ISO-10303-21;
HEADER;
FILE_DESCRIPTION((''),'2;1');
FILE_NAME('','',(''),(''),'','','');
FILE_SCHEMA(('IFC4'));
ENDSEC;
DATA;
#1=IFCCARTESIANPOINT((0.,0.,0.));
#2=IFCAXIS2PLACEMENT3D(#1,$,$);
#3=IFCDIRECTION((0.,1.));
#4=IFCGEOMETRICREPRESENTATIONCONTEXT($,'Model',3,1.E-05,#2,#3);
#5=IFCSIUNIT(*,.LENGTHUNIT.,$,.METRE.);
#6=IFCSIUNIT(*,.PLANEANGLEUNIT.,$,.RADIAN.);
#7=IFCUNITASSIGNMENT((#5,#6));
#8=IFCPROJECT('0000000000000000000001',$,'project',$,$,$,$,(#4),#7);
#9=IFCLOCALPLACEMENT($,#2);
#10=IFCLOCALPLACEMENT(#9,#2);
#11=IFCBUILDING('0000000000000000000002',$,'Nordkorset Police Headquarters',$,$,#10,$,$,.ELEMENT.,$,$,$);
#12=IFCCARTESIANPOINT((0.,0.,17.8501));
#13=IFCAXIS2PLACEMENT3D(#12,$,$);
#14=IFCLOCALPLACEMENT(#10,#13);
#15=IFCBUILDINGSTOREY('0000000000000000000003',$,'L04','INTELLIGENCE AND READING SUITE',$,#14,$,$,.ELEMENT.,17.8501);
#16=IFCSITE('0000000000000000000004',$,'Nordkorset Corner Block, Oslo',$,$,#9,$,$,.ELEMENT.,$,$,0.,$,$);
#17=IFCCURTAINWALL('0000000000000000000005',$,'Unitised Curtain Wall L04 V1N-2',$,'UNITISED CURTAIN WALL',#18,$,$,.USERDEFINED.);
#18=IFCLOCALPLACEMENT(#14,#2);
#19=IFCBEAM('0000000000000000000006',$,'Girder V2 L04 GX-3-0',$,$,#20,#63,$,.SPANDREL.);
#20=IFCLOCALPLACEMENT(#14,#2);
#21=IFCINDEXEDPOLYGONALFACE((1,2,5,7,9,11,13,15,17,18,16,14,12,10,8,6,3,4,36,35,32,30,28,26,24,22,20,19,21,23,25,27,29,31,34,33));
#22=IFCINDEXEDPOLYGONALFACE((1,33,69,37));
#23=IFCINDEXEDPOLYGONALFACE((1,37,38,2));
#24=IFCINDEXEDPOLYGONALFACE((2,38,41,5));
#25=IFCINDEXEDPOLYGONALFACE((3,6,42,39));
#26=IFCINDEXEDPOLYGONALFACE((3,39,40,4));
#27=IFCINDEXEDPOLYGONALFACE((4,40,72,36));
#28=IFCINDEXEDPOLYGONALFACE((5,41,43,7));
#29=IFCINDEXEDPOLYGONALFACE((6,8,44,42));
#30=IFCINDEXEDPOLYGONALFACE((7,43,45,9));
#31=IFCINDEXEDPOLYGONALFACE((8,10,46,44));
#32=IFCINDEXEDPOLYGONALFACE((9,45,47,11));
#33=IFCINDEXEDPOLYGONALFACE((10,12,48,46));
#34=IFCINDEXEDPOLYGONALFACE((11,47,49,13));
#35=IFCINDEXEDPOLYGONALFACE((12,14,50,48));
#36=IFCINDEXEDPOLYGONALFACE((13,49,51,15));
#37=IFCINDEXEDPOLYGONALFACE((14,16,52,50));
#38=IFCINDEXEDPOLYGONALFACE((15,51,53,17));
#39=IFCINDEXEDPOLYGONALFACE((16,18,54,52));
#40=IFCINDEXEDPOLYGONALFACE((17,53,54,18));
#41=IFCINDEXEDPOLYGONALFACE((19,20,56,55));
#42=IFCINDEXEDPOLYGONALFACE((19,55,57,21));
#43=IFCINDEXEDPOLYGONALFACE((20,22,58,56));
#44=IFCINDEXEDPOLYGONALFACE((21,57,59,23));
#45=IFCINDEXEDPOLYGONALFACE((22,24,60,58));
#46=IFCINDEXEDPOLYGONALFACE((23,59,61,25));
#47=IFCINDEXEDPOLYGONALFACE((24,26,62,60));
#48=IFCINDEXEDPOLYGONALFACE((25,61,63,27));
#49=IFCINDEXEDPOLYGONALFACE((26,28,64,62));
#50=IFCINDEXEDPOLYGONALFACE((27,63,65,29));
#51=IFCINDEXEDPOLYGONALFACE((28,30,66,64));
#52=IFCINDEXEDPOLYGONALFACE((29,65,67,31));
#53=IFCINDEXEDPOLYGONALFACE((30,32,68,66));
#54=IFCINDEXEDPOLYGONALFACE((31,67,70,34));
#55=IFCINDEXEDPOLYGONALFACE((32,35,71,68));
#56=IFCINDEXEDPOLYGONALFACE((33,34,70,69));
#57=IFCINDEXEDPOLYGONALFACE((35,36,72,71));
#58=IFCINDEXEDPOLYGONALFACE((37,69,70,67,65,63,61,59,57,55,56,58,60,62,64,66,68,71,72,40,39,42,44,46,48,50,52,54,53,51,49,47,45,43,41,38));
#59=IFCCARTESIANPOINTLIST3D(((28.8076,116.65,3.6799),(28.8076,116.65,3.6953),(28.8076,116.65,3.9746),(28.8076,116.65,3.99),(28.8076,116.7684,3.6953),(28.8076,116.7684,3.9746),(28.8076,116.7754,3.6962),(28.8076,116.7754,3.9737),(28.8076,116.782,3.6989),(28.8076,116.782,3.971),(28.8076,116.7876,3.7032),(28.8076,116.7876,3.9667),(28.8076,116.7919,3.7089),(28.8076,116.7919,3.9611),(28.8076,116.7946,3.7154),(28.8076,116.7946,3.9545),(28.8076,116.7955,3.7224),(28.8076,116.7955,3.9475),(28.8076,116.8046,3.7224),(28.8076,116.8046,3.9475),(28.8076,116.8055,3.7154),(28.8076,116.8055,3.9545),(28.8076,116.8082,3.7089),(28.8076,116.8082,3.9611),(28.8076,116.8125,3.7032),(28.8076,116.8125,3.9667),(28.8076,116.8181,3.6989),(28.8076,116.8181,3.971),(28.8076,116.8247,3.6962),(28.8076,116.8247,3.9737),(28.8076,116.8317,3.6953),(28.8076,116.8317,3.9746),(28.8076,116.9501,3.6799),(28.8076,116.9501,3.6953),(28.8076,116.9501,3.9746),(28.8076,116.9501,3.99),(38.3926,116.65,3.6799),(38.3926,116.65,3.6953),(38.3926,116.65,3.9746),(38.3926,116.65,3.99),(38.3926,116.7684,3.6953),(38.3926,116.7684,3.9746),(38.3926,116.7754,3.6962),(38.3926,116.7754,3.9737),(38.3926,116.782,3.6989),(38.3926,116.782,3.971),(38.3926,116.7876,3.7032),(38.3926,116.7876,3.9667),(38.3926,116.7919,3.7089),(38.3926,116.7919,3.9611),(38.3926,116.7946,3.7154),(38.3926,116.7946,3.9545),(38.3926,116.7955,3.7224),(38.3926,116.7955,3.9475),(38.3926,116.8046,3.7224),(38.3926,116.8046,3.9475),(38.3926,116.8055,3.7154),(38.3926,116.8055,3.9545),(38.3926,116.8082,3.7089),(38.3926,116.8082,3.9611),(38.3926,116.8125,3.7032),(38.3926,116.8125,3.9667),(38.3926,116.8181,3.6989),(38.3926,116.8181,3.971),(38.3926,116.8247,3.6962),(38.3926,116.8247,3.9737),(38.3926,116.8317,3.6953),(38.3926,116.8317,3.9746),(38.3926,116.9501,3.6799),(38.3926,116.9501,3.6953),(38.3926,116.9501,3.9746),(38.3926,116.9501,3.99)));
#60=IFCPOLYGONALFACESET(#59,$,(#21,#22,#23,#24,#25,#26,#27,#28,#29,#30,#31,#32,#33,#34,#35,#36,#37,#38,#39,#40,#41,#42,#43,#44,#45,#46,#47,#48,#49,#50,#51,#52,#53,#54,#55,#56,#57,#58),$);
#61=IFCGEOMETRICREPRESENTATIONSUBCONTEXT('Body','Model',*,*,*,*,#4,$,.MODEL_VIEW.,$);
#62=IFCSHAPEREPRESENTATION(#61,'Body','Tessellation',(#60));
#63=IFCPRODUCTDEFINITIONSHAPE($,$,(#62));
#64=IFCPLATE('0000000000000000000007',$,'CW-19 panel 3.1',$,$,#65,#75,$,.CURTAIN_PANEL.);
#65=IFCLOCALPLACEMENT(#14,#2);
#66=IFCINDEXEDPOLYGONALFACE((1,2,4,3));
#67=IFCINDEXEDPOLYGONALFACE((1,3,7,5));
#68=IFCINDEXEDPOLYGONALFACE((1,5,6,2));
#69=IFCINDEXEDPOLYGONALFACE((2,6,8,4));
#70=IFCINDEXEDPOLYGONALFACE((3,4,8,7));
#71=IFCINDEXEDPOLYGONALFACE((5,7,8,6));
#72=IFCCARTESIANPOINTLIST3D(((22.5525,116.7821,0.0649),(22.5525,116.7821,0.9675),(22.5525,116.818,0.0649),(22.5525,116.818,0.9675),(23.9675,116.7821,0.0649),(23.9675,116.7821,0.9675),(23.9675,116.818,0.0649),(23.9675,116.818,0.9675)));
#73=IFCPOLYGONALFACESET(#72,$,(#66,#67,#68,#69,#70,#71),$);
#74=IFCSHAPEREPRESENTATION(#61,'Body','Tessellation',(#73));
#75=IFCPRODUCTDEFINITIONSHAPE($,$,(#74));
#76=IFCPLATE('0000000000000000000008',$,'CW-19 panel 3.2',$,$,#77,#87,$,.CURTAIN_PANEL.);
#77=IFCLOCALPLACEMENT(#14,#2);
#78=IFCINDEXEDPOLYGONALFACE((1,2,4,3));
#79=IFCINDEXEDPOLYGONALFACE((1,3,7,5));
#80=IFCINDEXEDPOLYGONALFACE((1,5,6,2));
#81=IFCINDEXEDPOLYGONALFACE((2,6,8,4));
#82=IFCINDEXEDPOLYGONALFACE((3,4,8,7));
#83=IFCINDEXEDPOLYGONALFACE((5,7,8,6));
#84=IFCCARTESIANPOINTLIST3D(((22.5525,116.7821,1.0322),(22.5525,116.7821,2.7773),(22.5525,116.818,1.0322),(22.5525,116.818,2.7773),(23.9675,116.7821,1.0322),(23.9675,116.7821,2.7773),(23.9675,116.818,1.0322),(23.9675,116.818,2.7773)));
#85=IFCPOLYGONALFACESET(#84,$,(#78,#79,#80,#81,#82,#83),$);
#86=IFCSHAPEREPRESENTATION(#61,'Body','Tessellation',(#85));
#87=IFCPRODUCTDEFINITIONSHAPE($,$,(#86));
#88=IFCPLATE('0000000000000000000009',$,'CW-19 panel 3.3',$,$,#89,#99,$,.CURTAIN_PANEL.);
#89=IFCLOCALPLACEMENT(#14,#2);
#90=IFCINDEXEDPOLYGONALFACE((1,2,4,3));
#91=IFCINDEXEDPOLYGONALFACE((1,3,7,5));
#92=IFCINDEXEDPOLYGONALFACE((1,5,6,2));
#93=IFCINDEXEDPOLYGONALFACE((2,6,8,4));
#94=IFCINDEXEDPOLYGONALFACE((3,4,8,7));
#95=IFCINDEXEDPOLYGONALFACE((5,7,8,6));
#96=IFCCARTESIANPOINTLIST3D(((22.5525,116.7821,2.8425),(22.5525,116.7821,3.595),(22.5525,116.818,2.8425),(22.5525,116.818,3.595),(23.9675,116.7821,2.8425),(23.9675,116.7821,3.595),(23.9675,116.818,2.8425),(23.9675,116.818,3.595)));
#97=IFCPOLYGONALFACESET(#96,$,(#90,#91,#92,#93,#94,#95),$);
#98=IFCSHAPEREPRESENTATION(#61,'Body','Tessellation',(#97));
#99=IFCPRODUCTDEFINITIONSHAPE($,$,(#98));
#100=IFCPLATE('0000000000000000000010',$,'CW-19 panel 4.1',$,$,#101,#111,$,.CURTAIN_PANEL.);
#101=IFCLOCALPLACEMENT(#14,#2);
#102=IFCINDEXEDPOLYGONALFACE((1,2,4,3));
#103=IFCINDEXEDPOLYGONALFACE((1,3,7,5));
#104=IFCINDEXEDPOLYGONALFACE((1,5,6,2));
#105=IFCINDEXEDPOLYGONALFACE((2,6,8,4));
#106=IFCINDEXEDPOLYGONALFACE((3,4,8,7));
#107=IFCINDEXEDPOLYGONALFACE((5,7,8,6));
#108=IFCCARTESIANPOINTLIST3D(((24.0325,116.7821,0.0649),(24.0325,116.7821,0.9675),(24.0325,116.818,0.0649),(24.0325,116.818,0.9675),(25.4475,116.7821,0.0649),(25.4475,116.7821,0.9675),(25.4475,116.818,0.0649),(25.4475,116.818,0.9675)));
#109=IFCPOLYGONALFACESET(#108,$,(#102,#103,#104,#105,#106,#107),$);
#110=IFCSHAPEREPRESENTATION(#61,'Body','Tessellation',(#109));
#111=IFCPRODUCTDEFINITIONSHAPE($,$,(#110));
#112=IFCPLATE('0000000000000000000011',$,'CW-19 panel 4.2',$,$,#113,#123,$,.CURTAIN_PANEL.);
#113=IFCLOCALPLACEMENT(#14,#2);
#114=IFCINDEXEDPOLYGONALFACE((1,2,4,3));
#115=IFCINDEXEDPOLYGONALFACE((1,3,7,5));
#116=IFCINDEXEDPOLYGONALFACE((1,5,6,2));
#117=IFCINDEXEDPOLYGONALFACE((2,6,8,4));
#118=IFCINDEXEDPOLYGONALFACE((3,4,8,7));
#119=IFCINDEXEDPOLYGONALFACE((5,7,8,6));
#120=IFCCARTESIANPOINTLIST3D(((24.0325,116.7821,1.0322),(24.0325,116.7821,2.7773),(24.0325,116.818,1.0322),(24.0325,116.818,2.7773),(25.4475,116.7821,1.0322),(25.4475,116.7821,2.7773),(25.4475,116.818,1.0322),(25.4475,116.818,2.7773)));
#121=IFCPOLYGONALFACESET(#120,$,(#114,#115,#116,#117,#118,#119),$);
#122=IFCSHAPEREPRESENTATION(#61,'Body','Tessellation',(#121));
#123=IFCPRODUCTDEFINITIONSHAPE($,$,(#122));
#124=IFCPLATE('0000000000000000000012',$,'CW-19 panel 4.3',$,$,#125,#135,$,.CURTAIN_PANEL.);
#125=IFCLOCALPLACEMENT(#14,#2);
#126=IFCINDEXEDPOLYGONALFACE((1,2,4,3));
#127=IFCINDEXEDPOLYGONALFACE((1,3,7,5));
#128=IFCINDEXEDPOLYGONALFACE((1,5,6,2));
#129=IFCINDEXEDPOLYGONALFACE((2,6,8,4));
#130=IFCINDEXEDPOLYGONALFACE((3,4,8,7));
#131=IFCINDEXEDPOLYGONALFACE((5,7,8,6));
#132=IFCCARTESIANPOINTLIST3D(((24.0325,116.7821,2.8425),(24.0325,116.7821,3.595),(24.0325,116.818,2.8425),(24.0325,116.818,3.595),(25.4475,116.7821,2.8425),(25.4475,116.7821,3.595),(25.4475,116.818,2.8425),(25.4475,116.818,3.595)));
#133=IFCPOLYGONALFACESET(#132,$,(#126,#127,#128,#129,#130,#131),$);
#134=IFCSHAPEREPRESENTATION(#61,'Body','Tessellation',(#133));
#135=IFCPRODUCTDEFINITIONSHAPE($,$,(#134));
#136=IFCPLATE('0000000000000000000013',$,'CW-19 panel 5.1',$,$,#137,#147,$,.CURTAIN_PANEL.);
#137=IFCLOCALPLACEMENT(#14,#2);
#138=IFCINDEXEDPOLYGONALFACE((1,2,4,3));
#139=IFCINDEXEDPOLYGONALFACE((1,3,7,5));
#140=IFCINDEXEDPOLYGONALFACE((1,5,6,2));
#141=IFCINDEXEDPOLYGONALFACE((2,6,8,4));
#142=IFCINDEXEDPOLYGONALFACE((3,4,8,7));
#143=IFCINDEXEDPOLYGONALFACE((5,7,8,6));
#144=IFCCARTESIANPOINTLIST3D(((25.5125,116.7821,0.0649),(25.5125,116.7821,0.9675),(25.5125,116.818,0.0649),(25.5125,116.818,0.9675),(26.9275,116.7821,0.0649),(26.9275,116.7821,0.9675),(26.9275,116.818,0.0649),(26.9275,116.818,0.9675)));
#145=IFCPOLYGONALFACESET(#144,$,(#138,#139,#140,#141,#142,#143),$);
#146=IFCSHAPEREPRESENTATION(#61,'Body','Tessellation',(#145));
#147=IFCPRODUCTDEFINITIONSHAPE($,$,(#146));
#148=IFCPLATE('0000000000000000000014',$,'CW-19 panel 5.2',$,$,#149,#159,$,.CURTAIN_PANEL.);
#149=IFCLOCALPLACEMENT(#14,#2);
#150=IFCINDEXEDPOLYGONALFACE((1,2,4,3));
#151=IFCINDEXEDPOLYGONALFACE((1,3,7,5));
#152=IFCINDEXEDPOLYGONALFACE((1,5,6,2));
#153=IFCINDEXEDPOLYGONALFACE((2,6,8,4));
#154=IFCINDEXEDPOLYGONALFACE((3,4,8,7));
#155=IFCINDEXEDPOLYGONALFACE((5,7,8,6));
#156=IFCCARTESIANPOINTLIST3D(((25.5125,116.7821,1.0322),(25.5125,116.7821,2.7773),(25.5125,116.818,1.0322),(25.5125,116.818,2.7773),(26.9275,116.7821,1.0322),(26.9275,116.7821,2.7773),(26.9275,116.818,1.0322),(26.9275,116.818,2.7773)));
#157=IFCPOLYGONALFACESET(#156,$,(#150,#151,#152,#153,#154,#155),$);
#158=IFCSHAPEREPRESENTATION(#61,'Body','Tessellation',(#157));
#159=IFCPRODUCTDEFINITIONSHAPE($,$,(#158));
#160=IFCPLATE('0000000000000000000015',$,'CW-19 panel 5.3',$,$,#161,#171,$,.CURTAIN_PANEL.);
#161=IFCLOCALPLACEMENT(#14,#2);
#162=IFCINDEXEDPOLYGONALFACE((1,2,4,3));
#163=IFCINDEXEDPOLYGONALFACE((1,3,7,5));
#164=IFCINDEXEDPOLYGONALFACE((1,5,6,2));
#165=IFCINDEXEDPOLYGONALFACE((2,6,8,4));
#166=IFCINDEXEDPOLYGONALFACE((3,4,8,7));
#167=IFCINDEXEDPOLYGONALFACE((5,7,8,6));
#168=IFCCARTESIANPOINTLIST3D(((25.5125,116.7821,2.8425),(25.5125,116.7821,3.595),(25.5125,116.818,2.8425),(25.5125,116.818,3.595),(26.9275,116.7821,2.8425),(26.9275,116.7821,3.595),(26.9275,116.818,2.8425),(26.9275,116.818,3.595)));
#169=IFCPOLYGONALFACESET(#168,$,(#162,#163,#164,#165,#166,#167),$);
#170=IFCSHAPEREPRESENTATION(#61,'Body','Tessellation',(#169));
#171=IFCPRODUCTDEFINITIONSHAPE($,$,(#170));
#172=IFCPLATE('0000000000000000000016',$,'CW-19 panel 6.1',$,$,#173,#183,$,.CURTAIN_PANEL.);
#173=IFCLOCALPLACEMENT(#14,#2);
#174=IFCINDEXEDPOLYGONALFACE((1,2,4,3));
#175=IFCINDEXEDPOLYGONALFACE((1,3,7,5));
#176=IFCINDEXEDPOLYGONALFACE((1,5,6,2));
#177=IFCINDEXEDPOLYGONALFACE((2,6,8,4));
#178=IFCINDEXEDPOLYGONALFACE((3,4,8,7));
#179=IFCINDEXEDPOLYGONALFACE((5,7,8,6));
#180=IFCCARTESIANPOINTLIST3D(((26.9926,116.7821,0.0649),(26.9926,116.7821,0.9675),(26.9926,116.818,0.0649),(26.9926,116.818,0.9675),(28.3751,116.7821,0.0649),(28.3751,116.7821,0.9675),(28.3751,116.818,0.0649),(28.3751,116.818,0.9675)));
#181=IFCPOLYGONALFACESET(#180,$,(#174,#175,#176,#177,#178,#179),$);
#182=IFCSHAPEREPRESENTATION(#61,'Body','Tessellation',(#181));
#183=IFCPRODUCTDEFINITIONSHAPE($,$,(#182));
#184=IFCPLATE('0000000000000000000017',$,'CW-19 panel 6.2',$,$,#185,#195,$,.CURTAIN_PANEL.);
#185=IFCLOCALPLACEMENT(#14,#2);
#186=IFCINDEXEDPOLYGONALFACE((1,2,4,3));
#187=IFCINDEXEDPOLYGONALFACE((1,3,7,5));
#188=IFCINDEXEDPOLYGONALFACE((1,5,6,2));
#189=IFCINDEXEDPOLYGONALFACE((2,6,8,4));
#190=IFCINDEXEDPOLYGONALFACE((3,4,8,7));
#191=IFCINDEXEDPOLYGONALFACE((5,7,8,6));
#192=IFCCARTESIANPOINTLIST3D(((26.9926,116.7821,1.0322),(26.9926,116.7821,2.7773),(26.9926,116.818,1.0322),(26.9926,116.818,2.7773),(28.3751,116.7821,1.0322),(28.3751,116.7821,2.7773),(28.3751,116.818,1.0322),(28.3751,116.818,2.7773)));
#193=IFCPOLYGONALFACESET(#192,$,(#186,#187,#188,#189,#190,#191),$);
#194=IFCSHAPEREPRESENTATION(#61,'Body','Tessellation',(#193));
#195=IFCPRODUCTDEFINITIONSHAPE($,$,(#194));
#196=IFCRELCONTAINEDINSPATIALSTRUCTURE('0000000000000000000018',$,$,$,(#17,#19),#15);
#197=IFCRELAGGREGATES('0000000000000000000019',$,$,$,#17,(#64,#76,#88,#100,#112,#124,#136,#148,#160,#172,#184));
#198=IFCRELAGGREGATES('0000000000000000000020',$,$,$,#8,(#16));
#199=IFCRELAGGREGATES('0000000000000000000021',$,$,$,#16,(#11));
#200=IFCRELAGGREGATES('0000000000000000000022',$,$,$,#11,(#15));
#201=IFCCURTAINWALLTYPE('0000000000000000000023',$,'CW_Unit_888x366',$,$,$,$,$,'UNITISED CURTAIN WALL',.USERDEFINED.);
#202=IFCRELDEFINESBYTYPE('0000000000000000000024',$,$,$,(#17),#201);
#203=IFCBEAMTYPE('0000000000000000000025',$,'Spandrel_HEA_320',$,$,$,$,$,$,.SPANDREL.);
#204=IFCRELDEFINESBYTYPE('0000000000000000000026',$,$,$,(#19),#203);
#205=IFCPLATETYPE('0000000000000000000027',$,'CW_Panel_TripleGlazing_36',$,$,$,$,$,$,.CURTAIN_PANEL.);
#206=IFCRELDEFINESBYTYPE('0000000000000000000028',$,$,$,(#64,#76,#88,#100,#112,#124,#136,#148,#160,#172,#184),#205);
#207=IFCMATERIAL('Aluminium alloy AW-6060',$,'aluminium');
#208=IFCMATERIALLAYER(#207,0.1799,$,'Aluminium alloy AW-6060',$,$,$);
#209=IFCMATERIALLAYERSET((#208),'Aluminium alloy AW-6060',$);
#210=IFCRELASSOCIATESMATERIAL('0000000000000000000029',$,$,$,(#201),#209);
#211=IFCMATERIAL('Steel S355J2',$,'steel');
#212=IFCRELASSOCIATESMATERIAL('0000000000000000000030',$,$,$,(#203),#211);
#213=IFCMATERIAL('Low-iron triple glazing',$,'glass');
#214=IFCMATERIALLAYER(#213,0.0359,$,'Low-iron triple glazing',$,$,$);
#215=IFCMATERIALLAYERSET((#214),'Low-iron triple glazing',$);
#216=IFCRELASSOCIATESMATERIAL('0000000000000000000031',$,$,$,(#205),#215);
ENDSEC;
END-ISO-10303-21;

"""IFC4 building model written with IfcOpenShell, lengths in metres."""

from ifc_helpers import new_model, si_unit, direction, frame, origin, origin_2d, place, context, subcontext, project, spatial, rectangle, i_section, extrude, material, layer, layer_set, material_profile, profile_set, type_object, element, aggregate, save


model = new_model("IFC4")

# Units and contexts
model_context = context("Model", 3, precision=1e-05, world=origin(), true_north=direction((0.0, 1.0)))
body_context = subcontext(model_context, "Body", "Model", "MODEL_VIEW")
ifc_project = project(units=[si_unit("LENGTHUNIT", "METRE"), si_unit("PLANEANGLEUNIT", "RADIAN")], contexts=[model_context])

# Site, building, storey
site_placement = place(None, origin())
site = spatial("IfcSite", under=ifc_project, at=site_placement, Name="Nordkorset Corner Block, Oslo", CompositionType="ELEMENT", RefElevation=0.0)
building_placement = place(site_placement, origin())
building = spatial("IfcBuilding", under=site, at=building_placement, Name="Nordkorset Police Headquarters", CompositionType="ELEMENT")
storey_placement = place(building_placement, frame((0.0, 0.0, 17.8501)))
storey = spatial("IfcBuildingStorey", under=building, at=storey_placement, Name="L04", Description="INTELLIGENCE AND READING SUITE", CompositionType="ELEMENT", Elevation=17.8501)

# Curtain wall
ifc_material_1 = material(Name="Aluminium alloy AW-6060", Category="aluminium")
ifc_layer_1 = layer(ifc_material_1, 0.1799, Name="Aluminium alloy AW-6060")
ifc_layer_set_1 = layer_set([ifc_layer_1], Name="Aluminium alloy AW-6060")
curtain_wall_type_1 = type_object("IfcCurtainWallType", Name="CW_Unit_888x366", ElementType="UNITISED CURTAIN WALL", PredefinedType="USERDEFINED", material=ifc_layer_set_1)
curtain_wall_1_placement = place(storey_placement, origin())
curtain_wall_1 = element("IfcCurtainWall", 1, at=curtain_wall_1_placement, inside=storey, type_object=curtain_wall_type_1, Name="Unitised Curtain Wall L04 V1N-2", ObjectType="UNITISED CURTAIN WALL", PredefinedType="USERDEFINED")

# Beam
ifc_material_2 = material(Name="Steel S355J2", Category="steel")
ifc_material_profile_1 = material_profile(ifc_material_2, i_section(OverallWidth=0.3, OverallDepth=0.3101, WebThickness=0.009, FlangeThickness=0.0154, FilletRadius=0.0271, at=origin_2d()), Name="HEA 320")
ifc_profile_set_1 = profile_set([ifc_material_profile_1], Name="Steel S355J2")
beam_type = type_object("IfcBeamType", Name="Spandrel_HEA_320", PredefinedType="SPANDREL", material=ifc_profile_set_1)
beam_placement = place(storey_placement, frame((28.8076, 116.8, 3.835), z_axis=(1.0, 0.0, 0.0), x_axis=(0.0, 1.0, 0.0)))
element("IfcBeam", 2, at=beam_placement, inside=storey, type_object=beam_type, Name="Girder V2 L04 GX-3-0", PredefinedType="SPANDREL", context=body_context, shape_type="SweptSolid", body=[
    extrude(i_section(OverallWidth=0.3, OverallDepth=0.3101, WebThickness=0.009, FlangeThickness=0.0154, FilletRadius=0.0271, at=origin_2d()), origin(), (0.0, 0.0, 1.0), 9.585),
])

# Plates
ifc_material_3 = material(Name="Low-iron triple glazing", Category="glass")
ifc_layer_2 = layer(ifc_material_3, 0.0359, Name="Low-iron triple glazing")
ifc_layer_set_2 = layer_set([ifc_layer_2], Name="Low-iron triple glazing")
plate_type = type_object("IfcPlateType", Name="CW_Panel_TripleGlazing_36", PredefinedType="CURTAIN_PANEL", material=ifc_layer_set_2)
plate_1_placement = place(storey_placement, frame((23.26, 116.8, 0.0649), z_axis=(0.0, 0.0, 1.0), x_axis=(1.0, 0.0, 0.0)))
plate_1 = element("IfcPlate", 3, at=plate_1_placement, type_object=plate_type, Name="CW-19 panel 3.1", PredefinedType="CURTAIN_PANEL", context=body_context, shape_type="SweptSolid", body=[
    extrude(rectangle(XDim=1.415, YDim=0.0359, at=origin_2d()), origin(), (0.0, 0.0, 1.0), 0.9026),
])
plate_2_placement = place(storey_placement, frame((23.26, 116.8, 1.0322), z_axis=(0.0, 0.0, 1.0), x_axis=(1.0, 0.0, 0.0)))
plate_2 = element("IfcPlate", 4, at=plate_2_placement, type_object=plate_type, Name="CW-19 panel 3.2", PredefinedType="CURTAIN_PANEL", context=body_context, shape_type="SweptSolid", body=[
    extrude(rectangle(XDim=1.415, YDim=0.0359, at=origin_2d()), origin(), (0.0, 0.0, 1.0), 1.7451),
])
plate_3_placement = place(storey_placement, frame((23.26, 116.8, 2.8425), z_axis=(0.0, 0.0, 1.0), x_axis=(1.0, 0.0, 0.0)))
plate_3 = element("IfcPlate", 5, at=plate_3_placement, type_object=plate_type, Name="CW-19 panel 3.3", PredefinedType="CURTAIN_PANEL", context=body_context, shape_type="SweptSolid", body=[
    extrude(rectangle(XDim=1.415, YDim=0.0359, at=origin_2d()), origin(), (0.0, 0.0, 1.0), 0.7524),
])
plate_4_placement = place(storey_placement, frame((24.74, 116.8, 0.0649), z_axis=(0.0, 0.0, 1.0), x_axis=(1.0, 0.0, 0.0)))
plate_4 = element("IfcPlate", 6, at=plate_4_placement, type_object=plate_type, Name="CW-19 panel 4.1", PredefinedType="CURTAIN_PANEL", context=body_context, shape_type="SweptSolid", body=[
    extrude(rectangle(XDim=1.415, YDim=0.0359, at=origin_2d()), origin(), (0.0, 0.0, 1.0), 0.9026),
])
plate_5_placement = place(storey_placement, frame((24.74, 116.8, 1.0322), z_axis=(0.0, 0.0, 1.0), x_axis=(1.0, 0.0, 0.0)))
plate_5 = element("IfcPlate", 7, at=plate_5_placement, type_object=plate_type, Name="CW-19 panel 4.2", PredefinedType="CURTAIN_PANEL", context=body_context, shape_type="SweptSolid", body=[
    extrude(rectangle(XDim=1.415, YDim=0.0359, at=origin_2d()), origin(), (0.0, 0.0, 1.0), 1.7451),
])
plate_6_placement = place(storey_placement, frame((24.74, 116.8, 2.8425), z_axis=(0.0, 0.0, 1.0), x_axis=(1.0, 0.0, 0.0)))
plate_6 = element("IfcPlate", 8, at=plate_6_placement, type_object=plate_type, Name="CW-19 panel 4.3", PredefinedType="CURTAIN_PANEL", context=body_context, shape_type="SweptSolid", body=[
    extrude(rectangle(XDim=1.415, YDim=0.0359, at=origin_2d()), origin(), (0.0, 0.0, 1.0), 0.7524),
])
plate_7_placement = place(storey_placement, frame((26.22, 116.8, 0.0649), z_axis=(0.0, 0.0, 1.0), x_axis=(1.0, 0.0, 0.0)))
plate_7 = element("IfcPlate", 9, at=plate_7_placement, type_object=plate_type, Name="CW-19 panel 5.1", PredefinedType="CURTAIN_PANEL", context=body_context, shape_type="SweptSolid", body=[
    extrude(rectangle(XDim=1.415, YDim=0.0359, at=origin_2d()), origin(), (0.0, 0.0, 1.0), 0.9026),
])
plate_8_placement = place(storey_placement, frame((26.22, 116.8, 1.0322), z_axis=(0.0, 0.0, 1.0), x_axis=(1.0, 0.0, 0.0)))
plate_8 = element("IfcPlate", 10, at=plate_8_placement, type_object=plate_type, Name="CW-19 panel 5.2", PredefinedType="CURTAIN_PANEL", context=body_context, shape_type="SweptSolid", body=[
    extrude(rectangle(XDim=1.415, YDim=0.0359, at=origin_2d()), origin(), (0.0, 0.0, 1.0), 1.7451),
])
plate_9_placement = place(storey_placement, frame((26.22, 116.8, 2.8425), z_axis=(0.0, 0.0, 1.0), x_axis=(1.0, 0.0, 0.0)))
plate_9 = element("IfcPlate", 11, at=plate_9_placement, type_object=plate_type, Name="CW-19 panel 5.3", PredefinedType="CURTAIN_PANEL", context=body_context, shape_type="SweptSolid", body=[
    extrude(rectangle(XDim=1.415, YDim=0.0359, at=origin_2d()), origin(), (0.0, 0.0, 1.0), 0.7524),
])
plate_10_placement = place(storey_placement, frame((27.6838, 116.8, 0.0649), z_axis=(0.0, 0.0, 1.0), x_axis=(1.0, 0.0, 0.0)))
plate_10 = element("IfcPlate", 12, at=plate_10_placement, type_object=plate_type, Name="CW-19 panel 6.1", PredefinedType="CURTAIN_PANEL", context=body_context, shape_type="SweptSolid", body=[
    extrude(rectangle(XDim=1.3826, YDim=0.0359, at=origin_2d()), origin(), (0.0, 0.0, 1.0), 0.9026),
])
plate_11_placement = place(storey_placement, frame((27.6838, 116.8, 1.0322), z_axis=(0.0, 0.0, 1.0), x_axis=(1.0, 0.0, 0.0)))
plate_11 = element("IfcPlate", 13, at=plate_11_placement, type_object=plate_type, Name="CW-19 panel 6.2", PredefinedType="CURTAIN_PANEL", context=body_context, shape_type="SweptSolid", body=[
    extrude(rectangle(XDim=1.3826, YDim=0.0359, at=origin_2d()), origin(), (0.0, 0.0, 1.0), 1.7451),
])
aggregate(curtain_wall_1, [plate_1, plate_2, plate_3, plate_4, plate_5, plate_6, plate_7, plate_8, plate_9, plate_10, plate_11])

save(model, "model.ifc")
